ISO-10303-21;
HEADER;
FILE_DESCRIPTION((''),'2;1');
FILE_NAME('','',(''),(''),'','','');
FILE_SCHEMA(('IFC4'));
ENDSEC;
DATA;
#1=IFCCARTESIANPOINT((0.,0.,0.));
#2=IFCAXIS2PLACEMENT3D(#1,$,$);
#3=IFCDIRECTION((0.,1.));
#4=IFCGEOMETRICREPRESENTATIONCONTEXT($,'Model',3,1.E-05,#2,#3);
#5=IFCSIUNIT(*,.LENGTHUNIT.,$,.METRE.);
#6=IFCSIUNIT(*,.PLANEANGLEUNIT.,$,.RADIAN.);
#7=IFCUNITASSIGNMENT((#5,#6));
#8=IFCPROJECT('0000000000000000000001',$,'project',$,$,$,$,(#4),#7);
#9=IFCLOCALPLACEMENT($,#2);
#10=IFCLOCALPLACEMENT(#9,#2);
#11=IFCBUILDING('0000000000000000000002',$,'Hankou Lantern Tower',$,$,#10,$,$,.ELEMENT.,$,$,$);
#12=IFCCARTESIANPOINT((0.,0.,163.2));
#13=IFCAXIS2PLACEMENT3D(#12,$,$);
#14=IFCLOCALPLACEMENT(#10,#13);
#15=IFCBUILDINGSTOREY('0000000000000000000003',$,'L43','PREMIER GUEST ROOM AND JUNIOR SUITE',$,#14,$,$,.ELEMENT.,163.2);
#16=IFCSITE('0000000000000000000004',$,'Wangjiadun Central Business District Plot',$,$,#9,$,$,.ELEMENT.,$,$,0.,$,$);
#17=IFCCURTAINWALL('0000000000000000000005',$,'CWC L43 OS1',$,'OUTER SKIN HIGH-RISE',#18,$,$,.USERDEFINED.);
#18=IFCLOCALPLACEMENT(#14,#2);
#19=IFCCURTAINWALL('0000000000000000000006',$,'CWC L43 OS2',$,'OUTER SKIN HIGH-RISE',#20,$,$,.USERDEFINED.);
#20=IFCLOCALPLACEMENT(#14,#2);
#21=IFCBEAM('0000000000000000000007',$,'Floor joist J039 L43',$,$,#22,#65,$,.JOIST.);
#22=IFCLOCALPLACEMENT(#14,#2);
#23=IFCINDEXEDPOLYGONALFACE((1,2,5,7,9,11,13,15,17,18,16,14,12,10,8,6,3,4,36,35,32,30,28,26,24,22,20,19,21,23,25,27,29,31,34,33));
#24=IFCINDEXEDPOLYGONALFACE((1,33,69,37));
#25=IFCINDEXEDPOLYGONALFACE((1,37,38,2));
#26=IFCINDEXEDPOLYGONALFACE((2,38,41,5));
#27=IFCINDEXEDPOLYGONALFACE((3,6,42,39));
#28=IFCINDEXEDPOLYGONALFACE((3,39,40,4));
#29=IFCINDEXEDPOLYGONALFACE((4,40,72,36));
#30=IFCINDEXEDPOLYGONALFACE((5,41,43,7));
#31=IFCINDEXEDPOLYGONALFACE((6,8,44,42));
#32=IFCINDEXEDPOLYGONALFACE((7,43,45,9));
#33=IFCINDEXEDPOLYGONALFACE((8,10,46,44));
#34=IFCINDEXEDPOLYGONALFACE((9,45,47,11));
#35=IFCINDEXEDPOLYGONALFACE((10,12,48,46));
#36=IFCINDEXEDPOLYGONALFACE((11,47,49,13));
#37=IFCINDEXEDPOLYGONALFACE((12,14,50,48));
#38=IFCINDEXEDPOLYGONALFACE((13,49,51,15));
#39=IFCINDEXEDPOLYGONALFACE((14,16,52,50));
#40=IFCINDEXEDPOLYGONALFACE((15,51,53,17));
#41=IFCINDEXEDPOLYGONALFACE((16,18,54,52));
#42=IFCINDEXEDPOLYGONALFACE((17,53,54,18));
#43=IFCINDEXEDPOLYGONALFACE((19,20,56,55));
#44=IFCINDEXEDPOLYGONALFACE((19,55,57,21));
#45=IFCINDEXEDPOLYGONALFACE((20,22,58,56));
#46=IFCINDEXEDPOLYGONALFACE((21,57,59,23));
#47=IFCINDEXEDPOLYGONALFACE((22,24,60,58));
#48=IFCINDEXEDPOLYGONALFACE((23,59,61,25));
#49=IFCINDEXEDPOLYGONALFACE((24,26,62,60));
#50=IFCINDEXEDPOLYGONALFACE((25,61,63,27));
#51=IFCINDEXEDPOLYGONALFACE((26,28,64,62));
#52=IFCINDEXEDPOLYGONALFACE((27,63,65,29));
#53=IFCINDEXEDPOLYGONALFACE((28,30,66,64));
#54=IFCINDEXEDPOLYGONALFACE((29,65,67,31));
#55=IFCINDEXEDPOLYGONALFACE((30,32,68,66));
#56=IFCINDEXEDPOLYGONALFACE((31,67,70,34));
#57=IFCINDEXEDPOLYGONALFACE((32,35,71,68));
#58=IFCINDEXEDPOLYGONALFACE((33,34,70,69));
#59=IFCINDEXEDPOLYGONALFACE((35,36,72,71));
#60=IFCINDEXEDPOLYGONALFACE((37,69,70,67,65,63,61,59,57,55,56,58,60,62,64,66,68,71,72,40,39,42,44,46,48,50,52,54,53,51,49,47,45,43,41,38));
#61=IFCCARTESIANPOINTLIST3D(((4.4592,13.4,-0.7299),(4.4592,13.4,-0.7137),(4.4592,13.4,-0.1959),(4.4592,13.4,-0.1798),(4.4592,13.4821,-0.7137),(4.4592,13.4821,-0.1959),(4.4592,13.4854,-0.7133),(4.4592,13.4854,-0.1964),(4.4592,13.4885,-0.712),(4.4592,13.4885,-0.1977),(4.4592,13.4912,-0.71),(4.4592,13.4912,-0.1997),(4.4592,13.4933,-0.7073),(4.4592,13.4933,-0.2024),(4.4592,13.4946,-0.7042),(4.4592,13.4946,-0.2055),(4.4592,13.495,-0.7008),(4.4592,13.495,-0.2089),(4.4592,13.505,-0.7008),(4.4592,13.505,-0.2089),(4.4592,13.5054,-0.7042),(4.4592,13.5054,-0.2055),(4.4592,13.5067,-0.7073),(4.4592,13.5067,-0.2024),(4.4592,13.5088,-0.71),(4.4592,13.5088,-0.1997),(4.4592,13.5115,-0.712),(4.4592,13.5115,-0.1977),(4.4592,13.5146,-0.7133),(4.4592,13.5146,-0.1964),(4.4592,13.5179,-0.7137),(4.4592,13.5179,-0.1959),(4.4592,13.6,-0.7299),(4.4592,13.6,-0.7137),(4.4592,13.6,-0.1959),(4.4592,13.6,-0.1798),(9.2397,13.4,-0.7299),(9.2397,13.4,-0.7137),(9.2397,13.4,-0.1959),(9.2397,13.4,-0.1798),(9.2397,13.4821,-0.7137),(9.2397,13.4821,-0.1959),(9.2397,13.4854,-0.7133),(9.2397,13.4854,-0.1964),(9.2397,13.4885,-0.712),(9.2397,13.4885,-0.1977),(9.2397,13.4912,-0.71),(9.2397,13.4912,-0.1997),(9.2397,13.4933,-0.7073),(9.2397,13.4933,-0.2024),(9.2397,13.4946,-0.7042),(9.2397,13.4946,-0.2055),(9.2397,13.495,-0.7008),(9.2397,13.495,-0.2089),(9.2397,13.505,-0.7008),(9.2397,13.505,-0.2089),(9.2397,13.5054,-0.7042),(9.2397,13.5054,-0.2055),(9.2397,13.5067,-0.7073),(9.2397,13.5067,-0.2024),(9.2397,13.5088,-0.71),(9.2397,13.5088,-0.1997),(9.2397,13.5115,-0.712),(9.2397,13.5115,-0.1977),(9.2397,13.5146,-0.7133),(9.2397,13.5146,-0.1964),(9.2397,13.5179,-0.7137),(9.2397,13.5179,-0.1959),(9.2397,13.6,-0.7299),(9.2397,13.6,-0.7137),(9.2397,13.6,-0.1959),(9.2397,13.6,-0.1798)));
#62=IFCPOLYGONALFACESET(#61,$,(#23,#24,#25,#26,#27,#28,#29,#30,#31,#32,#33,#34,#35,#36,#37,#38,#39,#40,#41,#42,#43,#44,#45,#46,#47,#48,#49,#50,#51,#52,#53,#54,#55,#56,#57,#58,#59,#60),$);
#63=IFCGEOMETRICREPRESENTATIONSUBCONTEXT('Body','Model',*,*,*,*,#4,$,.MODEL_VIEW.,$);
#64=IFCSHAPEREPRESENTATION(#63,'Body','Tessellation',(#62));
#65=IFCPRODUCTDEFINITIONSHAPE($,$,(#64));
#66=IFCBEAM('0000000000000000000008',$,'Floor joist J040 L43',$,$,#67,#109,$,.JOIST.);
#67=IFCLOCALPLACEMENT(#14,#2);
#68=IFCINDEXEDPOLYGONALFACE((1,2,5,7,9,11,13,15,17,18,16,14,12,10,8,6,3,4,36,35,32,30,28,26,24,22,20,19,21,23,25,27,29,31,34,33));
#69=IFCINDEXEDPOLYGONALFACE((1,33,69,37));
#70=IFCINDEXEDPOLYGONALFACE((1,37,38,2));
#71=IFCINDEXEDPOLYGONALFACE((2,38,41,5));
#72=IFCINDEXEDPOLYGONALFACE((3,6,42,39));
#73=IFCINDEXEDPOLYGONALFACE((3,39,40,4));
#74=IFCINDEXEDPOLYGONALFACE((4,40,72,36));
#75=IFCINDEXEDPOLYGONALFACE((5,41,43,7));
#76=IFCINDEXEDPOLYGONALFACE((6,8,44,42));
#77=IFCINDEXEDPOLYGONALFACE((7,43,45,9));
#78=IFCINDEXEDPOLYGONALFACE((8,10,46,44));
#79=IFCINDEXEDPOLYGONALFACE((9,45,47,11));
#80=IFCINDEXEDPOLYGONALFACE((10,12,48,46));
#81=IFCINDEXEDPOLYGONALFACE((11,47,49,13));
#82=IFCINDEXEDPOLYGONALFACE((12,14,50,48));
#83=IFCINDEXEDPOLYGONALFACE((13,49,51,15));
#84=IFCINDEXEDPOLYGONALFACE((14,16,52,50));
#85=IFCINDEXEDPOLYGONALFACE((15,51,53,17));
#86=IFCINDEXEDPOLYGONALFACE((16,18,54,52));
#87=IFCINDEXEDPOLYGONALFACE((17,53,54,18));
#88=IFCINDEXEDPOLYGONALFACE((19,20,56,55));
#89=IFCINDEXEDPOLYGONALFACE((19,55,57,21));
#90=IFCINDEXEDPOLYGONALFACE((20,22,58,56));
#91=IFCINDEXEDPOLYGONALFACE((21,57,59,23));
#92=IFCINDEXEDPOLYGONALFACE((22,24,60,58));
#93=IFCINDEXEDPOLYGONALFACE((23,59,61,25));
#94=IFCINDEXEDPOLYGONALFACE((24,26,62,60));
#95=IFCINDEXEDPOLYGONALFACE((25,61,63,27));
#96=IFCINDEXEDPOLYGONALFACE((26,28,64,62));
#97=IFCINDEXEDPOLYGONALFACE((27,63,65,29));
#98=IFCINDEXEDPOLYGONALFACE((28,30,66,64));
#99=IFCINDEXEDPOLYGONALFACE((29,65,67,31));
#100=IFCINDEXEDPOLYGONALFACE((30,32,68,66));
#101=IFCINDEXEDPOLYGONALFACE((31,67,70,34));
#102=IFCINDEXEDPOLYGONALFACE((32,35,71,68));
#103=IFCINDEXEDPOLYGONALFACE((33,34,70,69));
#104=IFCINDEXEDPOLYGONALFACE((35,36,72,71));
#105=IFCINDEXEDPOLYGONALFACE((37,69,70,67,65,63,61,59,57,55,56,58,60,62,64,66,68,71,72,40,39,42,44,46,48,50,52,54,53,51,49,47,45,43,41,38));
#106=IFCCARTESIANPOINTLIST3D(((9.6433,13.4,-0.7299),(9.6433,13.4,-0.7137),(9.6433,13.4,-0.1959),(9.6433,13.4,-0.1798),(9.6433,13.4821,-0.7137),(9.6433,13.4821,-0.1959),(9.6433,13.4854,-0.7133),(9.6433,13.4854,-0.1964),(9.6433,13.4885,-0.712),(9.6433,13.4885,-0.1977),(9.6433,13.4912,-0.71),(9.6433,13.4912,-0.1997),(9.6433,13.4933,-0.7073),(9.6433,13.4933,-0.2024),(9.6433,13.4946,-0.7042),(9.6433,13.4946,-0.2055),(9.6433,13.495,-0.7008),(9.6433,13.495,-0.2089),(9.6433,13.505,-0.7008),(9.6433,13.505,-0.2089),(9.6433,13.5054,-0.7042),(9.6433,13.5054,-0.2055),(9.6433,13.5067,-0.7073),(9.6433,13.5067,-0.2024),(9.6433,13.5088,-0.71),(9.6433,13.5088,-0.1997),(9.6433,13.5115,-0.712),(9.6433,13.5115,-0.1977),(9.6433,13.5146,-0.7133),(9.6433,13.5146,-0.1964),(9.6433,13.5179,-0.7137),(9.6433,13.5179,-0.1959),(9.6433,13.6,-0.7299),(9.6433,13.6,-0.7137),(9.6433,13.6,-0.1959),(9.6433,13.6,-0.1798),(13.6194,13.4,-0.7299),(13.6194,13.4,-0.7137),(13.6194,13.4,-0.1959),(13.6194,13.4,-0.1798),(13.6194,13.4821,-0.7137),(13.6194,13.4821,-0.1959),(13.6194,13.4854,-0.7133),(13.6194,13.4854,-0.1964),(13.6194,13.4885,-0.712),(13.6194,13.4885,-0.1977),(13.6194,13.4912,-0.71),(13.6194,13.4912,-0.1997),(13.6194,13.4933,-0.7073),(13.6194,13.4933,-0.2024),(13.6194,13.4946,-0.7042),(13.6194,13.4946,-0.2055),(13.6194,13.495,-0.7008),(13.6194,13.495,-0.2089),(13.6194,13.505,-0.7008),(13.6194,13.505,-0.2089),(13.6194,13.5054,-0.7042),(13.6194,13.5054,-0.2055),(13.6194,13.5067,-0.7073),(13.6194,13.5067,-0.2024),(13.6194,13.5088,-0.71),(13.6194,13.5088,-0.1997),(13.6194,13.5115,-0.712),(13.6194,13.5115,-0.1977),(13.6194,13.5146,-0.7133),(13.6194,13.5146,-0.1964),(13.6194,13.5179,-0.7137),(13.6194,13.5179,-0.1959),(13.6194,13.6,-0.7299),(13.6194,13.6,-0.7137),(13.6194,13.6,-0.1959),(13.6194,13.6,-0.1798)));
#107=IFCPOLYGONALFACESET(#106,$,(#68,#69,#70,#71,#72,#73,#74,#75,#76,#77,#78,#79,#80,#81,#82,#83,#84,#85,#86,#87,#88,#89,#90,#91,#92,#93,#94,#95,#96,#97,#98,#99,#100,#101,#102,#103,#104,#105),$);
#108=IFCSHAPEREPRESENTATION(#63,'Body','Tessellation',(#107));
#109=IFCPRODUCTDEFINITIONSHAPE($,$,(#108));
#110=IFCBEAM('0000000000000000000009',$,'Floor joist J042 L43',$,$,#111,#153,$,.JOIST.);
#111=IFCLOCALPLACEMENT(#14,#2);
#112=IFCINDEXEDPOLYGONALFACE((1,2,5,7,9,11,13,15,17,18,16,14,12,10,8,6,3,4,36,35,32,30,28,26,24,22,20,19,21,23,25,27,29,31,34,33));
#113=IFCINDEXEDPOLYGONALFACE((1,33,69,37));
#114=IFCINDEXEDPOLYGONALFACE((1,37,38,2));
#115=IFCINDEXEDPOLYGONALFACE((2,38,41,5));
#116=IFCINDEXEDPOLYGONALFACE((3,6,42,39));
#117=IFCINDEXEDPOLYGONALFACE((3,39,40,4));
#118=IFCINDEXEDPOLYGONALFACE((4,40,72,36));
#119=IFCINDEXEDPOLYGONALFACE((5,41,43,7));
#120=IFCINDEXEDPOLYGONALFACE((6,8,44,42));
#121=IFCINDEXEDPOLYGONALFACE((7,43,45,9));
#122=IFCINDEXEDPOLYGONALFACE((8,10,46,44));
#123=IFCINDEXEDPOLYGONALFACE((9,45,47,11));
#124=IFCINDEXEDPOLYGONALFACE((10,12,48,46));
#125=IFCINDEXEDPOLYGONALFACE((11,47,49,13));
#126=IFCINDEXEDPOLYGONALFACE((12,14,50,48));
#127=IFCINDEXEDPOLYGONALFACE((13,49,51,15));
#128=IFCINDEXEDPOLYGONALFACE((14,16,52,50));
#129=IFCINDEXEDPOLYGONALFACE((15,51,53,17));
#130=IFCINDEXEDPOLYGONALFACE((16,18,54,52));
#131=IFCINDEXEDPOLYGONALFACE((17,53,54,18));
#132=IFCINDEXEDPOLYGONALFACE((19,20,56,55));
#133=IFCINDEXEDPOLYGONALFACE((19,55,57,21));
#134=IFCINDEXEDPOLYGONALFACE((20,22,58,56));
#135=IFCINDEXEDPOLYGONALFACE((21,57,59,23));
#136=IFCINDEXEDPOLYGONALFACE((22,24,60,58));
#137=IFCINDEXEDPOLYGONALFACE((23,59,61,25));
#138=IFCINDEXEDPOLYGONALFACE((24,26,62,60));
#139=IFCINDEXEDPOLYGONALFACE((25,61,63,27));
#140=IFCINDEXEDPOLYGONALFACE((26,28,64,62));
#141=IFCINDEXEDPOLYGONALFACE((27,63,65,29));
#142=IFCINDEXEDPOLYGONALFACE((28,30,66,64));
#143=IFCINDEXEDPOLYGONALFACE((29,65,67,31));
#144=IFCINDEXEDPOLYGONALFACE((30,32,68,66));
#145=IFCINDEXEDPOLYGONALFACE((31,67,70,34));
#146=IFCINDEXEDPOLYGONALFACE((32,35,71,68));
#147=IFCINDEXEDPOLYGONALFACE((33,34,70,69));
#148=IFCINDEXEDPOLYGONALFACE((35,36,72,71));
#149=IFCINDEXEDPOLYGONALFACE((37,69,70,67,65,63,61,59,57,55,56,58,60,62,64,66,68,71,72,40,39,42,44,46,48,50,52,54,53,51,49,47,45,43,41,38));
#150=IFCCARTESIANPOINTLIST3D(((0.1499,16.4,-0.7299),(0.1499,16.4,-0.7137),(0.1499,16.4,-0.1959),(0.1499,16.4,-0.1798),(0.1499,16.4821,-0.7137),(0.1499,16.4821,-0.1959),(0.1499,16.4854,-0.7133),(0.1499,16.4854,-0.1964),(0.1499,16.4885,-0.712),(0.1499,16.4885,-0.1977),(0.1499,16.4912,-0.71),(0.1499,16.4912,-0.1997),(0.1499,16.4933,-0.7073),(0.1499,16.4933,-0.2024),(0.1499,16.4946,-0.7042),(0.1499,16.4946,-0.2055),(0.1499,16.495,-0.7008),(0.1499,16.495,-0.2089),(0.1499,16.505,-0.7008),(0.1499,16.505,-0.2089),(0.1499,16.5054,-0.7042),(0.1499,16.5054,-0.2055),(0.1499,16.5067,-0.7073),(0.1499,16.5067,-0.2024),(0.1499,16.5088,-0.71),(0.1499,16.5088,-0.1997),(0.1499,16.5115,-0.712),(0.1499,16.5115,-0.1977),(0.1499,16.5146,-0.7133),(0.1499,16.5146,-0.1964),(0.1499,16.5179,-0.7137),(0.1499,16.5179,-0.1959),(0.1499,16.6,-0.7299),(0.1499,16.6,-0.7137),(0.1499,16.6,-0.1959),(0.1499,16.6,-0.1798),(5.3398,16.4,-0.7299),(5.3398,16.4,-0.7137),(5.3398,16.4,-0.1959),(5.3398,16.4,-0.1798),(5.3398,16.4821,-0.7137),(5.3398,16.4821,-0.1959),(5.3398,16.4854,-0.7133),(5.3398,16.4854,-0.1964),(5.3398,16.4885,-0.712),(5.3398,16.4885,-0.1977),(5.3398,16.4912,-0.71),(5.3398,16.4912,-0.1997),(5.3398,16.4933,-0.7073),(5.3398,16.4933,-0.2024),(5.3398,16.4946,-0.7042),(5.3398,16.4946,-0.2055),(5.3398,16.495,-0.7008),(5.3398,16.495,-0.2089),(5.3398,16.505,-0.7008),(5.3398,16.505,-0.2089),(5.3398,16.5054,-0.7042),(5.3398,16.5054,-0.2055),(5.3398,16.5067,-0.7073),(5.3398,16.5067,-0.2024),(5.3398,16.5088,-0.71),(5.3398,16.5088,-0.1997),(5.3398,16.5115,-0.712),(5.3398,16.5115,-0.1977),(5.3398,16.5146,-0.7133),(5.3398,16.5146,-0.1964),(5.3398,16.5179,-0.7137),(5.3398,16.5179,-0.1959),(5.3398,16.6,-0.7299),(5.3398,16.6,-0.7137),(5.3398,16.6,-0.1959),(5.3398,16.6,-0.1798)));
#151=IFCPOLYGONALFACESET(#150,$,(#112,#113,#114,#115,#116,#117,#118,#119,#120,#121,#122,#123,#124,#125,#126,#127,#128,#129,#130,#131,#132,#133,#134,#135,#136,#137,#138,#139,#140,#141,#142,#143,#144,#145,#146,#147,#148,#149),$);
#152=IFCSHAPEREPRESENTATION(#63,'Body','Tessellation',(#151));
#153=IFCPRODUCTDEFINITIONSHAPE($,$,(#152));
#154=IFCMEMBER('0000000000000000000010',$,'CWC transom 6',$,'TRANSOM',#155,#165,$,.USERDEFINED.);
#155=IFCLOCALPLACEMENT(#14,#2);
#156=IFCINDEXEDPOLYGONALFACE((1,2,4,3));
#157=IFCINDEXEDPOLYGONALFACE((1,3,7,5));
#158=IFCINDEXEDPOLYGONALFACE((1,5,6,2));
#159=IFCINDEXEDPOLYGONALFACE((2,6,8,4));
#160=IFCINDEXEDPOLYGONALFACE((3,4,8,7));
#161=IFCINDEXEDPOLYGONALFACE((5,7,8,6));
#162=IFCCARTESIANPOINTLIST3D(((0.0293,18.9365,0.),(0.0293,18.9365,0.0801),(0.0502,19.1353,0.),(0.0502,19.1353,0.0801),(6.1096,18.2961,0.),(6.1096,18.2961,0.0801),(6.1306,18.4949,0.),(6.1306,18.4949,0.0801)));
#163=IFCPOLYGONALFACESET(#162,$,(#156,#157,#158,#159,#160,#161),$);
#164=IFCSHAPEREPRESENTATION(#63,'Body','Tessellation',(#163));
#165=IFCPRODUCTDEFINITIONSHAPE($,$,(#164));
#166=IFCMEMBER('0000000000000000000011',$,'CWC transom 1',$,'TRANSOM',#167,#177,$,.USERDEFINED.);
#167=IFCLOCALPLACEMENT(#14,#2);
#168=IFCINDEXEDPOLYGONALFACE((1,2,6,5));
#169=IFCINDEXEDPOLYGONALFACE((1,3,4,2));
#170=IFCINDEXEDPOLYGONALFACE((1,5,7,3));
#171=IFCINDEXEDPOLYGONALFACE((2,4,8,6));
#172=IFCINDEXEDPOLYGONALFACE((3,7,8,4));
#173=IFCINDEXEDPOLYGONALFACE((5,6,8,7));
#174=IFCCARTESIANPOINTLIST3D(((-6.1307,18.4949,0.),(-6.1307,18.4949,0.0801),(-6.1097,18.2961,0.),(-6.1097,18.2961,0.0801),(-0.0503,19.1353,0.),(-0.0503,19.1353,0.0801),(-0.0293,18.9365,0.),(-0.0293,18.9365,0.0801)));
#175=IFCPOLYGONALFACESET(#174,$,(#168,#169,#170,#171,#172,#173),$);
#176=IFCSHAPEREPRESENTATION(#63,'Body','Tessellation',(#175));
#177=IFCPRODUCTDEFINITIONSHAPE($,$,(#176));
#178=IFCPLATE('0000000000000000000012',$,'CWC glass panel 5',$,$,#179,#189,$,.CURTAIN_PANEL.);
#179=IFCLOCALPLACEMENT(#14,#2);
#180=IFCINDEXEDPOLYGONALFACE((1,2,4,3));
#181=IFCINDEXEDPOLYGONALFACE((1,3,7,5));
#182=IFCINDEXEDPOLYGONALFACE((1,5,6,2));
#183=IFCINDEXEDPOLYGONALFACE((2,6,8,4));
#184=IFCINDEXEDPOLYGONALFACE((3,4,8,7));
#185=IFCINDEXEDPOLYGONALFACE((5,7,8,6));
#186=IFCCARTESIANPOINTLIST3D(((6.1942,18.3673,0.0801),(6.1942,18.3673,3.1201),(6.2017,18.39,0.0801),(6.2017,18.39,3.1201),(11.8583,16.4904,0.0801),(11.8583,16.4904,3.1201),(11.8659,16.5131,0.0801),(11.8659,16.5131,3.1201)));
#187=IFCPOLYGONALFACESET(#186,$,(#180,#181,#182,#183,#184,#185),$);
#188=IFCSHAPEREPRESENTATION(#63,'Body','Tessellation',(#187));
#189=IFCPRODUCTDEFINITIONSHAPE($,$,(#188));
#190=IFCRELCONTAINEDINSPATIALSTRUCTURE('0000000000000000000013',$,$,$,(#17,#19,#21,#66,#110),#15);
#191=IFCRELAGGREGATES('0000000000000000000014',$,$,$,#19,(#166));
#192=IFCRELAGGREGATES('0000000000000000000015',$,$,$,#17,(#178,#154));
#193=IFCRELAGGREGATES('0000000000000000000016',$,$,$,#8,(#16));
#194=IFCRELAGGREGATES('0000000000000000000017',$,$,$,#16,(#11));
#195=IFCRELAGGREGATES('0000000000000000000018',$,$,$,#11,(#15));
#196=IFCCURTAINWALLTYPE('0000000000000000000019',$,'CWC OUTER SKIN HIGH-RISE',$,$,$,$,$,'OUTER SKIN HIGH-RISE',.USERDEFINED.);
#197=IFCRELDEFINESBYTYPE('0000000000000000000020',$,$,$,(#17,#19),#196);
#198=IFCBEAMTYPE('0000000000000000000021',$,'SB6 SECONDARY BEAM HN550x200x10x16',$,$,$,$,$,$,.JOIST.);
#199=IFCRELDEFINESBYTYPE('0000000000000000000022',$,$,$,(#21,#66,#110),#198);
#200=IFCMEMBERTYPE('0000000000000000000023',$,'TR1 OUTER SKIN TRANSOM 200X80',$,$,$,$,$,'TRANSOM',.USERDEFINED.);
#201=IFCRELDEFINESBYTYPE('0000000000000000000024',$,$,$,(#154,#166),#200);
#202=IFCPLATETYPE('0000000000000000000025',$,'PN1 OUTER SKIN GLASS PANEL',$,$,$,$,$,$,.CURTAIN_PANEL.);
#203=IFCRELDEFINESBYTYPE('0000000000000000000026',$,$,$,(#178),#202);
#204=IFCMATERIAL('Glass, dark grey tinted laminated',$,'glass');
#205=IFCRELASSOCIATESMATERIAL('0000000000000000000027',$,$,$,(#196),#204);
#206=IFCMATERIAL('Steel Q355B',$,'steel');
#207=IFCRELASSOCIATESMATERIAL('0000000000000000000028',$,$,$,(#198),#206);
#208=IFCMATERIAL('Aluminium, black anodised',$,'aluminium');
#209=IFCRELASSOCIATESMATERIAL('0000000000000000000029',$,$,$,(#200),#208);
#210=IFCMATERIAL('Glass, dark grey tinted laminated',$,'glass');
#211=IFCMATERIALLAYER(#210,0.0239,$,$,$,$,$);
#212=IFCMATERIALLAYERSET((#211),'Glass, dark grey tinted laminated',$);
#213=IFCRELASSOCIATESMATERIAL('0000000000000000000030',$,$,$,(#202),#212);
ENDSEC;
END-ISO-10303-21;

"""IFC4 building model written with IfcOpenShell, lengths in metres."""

from ifc_helpers import new_model, si_unit, direction, frame, origin, origin_2d, place, context, subcontext, project, spatial, rectangle, i_section, extrude, material, layer, layer_set, material_profile, profile_set, type_object, element, aggregate, save


model = new_model("IFC4")

# Units and contexts
model_context = context("Model", 3, precision=1e-05, world=origin(), true_north=direction((0.0, 1.0)))
body_context = subcontext(model_context, "Body", "Model", "MODEL_VIEW")
ifc_project = project(units=[si_unit("LENGTHUNIT", "METRE"), si_unit("PLANEANGLEUNIT", "RADIAN")], contexts=[model_context])

# Site, building, storey
site_placement = place(None, origin())
site = spatial("IfcSite", under=ifc_project, at=site_placement, Name="Wangjiadun Central Business District Plot", CompositionType="ELEMENT", RefElevation=0.0)
building_placement = place(site_placement, origin())
building = spatial("IfcBuilding", under=site, at=building_placement, Name="Hankou Lantern Tower", CompositionType="ELEMENT")
storey_placement = place(building_placement, frame((0.0, 0.0, 163.2)))
storey = spatial("IfcBuildingStorey", under=building, at=storey_placement, Name="L43", Description="PREMIER GUEST ROOM AND JUNIOR SUITE", CompositionType="ELEMENT", Elevation=163.2)

# Curtain walls
ifc_material_1 = material(Name="Glass, dark grey tinted laminated", Category="glass")
curtain_wall_type = type_object("IfcCurtainWallType", Name="CWC OUTER SKIN HIGH-RISE", ElementType="OUTER SKIN HIGH-RISE", PredefinedType="USERDEFINED", material=ifc_material_1)
curtain_wall_1_placement = place(storey_placement, origin())
curtain_wall_1 = element("IfcCurtainWall", 1, at=curtain_wall_1_placement, inside=storey, type_object=curtain_wall_type, Name="CWC L43 OS1", ObjectType="OUTER SKIN HIGH-RISE", PredefinedType="USERDEFINED")
curtain_wall_2_placement = place(storey_placement, origin())
curtain_wall_2 = element("IfcCurtainWall", 2, at=curtain_wall_2_placement, inside=storey, type_object=curtain_wall_type, Name="CWC L43 OS2", ObjectType="OUTER SKIN HIGH-RISE", PredefinedType="USERDEFINED")

# Beams
ifc_material_2 = material(Name="Steel Q355B", Category="steel")
ifc_material_profile_1 = material_profile(ifc_material_2, i_section(OverallWidth=0.2, OverallDepth=0.55, WebThickness=0.01, FlangeThickness=0.0161, FilletRadius=0.0129, at=origin_2d()), Name="HN550x200x10x16")
ifc_profile_set_1 = profile_set([ifc_material_profile_1], Name="Steel Q355B")
beam_type_1 = type_object("IfcBeamType", Name="SB6 SECONDARY BEAM HN550x200x10x16", PredefinedType="JOIST", material=ifc_profile_set_1)
beam_1_placement = place(storey_placement, frame((4.4592, 13.5, -0.4548), z_axis=(1.0, 0.0, 0.0), x_axis=(0.0, 1.0, 0.0)))
element("IfcBeam", 3, at=beam_1_placement, inside=storey, type_object=beam_type_1, Name="Floor joist J039 L43", PredefinedType="JOIST", context=body_context, shape_type="SweptSolid", body=[
    extrude(i_section(OverallWidth=0.2, OverallDepth=0.55, WebThickness=0.01, FlangeThickness=0.0161, FilletRadius=0.0129, at=origin_2d()), origin(), (0.0, 0.0, 1.0), 4.7805),
])
beam_2_placement = place(storey_placement, frame((9.6433, 13.5, -0.4548), z_axis=(1.0, 0.0, 0.0), x_axis=(0.0, 1.0, 0.0)))
element("IfcBeam", 4, at=beam_2_placement, inside=storey, type_object=beam_type_1, Name="Floor joist J040 L43", PredefinedType="JOIST", context=body_context, shape_type="SweptSolid", body=[
    extrude(i_section(OverallWidth=0.2, OverallDepth=0.55, WebThickness=0.01, FlangeThickness=0.0161, FilletRadius=0.0129, at=origin_2d()), origin(), (0.0, 0.0, 1.0), 3.9761),
])
beam_3_placement = place(storey_placement, frame((0.1499, 16.5, -0.4548), z_axis=(1.0, 0.0, 0.0), x_axis=(0.0, 1.0, 0.0)))
element("IfcBeam", 5, at=beam_3_placement, inside=storey, type_object=beam_type_1, Name="Floor joist J042 L43", PredefinedType="JOIST", context=body_context, shape_type="SweptSolid", body=[
    extrude(i_section(OverallWidth=0.2, OverallDepth=0.55, WebThickness=0.01, FlangeThickness=0.0161, FilletRadius=0.0129, at=origin_2d()), origin(), (0.0, 0.0, 1.0), 5.1899),
])

# Members
ifc_material_3 = material(Name="Aluminium, black anodised", Category="aluminium")
ifc_material_profile_2 = material_profile(ifc_material_3, rectangle(XDim=0.2, YDim=0.0801, at=origin_2d()), Name="TR1 200X80")
ifc_profile_set_2 = profile_set([ifc_material_profile_2], Name="Aluminium, black anodised")
member_type_1 = type_object("IfcMemberType", Name="TR1 OUTER SKIN TRANSOM 200X80", ElementType="TRANSOM", PredefinedType="USERDEFINED", material=ifc_profile_set_2)
member_1_placement = place(storey_placement, frame((6.1201, 18.3955, 0.04), z_axis=(-0.9945, 0.104741, 0.0), x_axis=(-0.104741, -0.9945, 0.0)))
member_1 = element("IfcMember", 6, at=member_1_placement, type_object=member_type_1, Name="CWC transom 6", ObjectType="TRANSOM", PredefinedType="USERDEFINED", context=body_context, shape_type="SweptSolid", body=[
    extrude(rectangle(XDim=0.2, YDim=0.0801, at=origin_2d()), origin(), (0.0, 0.0, 1.0), 6.114),
])
member_2_placement = place(storey_placement, frame((-0.0398, 19.0359, 0.04), z_axis=(-0.9945, -0.104741, 0.0), x_axis=(0.104741, -0.9945, 0.0)))
member_2 = element("IfcMember", 7, at=member_2_placement, type_object=member_type_1, Name="CWC transom 1", ObjectType="TRANSOM", PredefinedType="USERDEFINED", context=body_context, shape_type="SweptSolid", body=[
    extrude(rectangle(XDim=0.2, YDim=0.0801, at=origin_2d()), origin(), (0.0, 0.0, 1.0), 6.114),
])
aggregate(curtain_wall_2, [member_2])

# Plate
ifc_material_4 = material(Name="Glass, dark grey tinted laminated", Category="glass")
ifc_layer_1 = layer(ifc_material_4, 0.0239)
ifc_layer_set_1 = layer_set([ifc_layer_1], Name="Glass, dark grey tinted laminated")
plate_type = type_object("IfcPlateType", Name="PN1 OUTER SKIN GLASS PANEL", PredefinedType="CURTAIN_PANEL", material=ifc_layer_set_1)
plate_1_placement = place(storey_placement, frame((9.03, 17.4402, 0.0801), z_axis=(0.0, 0.0, 1.0), x_axis=(-0.949241, 0.314551, 0.0)))
plate_1 = element("IfcPlate", 8, at=plate_1_placement, type_object=plate_type, Name="CWC glass panel 5", PredefinedType="CURTAIN_PANEL", context=body_context, shape_type="SweptSolid", body=[
    extrude(rectangle(XDim=5.967, YDim=0.0239, at=origin_2d()), origin(), (0.0, 0.0, 1.0), 3.04),
])
aggregate(curtain_wall_1, [plate_1, member_1])

save(model, "model.ifc")
